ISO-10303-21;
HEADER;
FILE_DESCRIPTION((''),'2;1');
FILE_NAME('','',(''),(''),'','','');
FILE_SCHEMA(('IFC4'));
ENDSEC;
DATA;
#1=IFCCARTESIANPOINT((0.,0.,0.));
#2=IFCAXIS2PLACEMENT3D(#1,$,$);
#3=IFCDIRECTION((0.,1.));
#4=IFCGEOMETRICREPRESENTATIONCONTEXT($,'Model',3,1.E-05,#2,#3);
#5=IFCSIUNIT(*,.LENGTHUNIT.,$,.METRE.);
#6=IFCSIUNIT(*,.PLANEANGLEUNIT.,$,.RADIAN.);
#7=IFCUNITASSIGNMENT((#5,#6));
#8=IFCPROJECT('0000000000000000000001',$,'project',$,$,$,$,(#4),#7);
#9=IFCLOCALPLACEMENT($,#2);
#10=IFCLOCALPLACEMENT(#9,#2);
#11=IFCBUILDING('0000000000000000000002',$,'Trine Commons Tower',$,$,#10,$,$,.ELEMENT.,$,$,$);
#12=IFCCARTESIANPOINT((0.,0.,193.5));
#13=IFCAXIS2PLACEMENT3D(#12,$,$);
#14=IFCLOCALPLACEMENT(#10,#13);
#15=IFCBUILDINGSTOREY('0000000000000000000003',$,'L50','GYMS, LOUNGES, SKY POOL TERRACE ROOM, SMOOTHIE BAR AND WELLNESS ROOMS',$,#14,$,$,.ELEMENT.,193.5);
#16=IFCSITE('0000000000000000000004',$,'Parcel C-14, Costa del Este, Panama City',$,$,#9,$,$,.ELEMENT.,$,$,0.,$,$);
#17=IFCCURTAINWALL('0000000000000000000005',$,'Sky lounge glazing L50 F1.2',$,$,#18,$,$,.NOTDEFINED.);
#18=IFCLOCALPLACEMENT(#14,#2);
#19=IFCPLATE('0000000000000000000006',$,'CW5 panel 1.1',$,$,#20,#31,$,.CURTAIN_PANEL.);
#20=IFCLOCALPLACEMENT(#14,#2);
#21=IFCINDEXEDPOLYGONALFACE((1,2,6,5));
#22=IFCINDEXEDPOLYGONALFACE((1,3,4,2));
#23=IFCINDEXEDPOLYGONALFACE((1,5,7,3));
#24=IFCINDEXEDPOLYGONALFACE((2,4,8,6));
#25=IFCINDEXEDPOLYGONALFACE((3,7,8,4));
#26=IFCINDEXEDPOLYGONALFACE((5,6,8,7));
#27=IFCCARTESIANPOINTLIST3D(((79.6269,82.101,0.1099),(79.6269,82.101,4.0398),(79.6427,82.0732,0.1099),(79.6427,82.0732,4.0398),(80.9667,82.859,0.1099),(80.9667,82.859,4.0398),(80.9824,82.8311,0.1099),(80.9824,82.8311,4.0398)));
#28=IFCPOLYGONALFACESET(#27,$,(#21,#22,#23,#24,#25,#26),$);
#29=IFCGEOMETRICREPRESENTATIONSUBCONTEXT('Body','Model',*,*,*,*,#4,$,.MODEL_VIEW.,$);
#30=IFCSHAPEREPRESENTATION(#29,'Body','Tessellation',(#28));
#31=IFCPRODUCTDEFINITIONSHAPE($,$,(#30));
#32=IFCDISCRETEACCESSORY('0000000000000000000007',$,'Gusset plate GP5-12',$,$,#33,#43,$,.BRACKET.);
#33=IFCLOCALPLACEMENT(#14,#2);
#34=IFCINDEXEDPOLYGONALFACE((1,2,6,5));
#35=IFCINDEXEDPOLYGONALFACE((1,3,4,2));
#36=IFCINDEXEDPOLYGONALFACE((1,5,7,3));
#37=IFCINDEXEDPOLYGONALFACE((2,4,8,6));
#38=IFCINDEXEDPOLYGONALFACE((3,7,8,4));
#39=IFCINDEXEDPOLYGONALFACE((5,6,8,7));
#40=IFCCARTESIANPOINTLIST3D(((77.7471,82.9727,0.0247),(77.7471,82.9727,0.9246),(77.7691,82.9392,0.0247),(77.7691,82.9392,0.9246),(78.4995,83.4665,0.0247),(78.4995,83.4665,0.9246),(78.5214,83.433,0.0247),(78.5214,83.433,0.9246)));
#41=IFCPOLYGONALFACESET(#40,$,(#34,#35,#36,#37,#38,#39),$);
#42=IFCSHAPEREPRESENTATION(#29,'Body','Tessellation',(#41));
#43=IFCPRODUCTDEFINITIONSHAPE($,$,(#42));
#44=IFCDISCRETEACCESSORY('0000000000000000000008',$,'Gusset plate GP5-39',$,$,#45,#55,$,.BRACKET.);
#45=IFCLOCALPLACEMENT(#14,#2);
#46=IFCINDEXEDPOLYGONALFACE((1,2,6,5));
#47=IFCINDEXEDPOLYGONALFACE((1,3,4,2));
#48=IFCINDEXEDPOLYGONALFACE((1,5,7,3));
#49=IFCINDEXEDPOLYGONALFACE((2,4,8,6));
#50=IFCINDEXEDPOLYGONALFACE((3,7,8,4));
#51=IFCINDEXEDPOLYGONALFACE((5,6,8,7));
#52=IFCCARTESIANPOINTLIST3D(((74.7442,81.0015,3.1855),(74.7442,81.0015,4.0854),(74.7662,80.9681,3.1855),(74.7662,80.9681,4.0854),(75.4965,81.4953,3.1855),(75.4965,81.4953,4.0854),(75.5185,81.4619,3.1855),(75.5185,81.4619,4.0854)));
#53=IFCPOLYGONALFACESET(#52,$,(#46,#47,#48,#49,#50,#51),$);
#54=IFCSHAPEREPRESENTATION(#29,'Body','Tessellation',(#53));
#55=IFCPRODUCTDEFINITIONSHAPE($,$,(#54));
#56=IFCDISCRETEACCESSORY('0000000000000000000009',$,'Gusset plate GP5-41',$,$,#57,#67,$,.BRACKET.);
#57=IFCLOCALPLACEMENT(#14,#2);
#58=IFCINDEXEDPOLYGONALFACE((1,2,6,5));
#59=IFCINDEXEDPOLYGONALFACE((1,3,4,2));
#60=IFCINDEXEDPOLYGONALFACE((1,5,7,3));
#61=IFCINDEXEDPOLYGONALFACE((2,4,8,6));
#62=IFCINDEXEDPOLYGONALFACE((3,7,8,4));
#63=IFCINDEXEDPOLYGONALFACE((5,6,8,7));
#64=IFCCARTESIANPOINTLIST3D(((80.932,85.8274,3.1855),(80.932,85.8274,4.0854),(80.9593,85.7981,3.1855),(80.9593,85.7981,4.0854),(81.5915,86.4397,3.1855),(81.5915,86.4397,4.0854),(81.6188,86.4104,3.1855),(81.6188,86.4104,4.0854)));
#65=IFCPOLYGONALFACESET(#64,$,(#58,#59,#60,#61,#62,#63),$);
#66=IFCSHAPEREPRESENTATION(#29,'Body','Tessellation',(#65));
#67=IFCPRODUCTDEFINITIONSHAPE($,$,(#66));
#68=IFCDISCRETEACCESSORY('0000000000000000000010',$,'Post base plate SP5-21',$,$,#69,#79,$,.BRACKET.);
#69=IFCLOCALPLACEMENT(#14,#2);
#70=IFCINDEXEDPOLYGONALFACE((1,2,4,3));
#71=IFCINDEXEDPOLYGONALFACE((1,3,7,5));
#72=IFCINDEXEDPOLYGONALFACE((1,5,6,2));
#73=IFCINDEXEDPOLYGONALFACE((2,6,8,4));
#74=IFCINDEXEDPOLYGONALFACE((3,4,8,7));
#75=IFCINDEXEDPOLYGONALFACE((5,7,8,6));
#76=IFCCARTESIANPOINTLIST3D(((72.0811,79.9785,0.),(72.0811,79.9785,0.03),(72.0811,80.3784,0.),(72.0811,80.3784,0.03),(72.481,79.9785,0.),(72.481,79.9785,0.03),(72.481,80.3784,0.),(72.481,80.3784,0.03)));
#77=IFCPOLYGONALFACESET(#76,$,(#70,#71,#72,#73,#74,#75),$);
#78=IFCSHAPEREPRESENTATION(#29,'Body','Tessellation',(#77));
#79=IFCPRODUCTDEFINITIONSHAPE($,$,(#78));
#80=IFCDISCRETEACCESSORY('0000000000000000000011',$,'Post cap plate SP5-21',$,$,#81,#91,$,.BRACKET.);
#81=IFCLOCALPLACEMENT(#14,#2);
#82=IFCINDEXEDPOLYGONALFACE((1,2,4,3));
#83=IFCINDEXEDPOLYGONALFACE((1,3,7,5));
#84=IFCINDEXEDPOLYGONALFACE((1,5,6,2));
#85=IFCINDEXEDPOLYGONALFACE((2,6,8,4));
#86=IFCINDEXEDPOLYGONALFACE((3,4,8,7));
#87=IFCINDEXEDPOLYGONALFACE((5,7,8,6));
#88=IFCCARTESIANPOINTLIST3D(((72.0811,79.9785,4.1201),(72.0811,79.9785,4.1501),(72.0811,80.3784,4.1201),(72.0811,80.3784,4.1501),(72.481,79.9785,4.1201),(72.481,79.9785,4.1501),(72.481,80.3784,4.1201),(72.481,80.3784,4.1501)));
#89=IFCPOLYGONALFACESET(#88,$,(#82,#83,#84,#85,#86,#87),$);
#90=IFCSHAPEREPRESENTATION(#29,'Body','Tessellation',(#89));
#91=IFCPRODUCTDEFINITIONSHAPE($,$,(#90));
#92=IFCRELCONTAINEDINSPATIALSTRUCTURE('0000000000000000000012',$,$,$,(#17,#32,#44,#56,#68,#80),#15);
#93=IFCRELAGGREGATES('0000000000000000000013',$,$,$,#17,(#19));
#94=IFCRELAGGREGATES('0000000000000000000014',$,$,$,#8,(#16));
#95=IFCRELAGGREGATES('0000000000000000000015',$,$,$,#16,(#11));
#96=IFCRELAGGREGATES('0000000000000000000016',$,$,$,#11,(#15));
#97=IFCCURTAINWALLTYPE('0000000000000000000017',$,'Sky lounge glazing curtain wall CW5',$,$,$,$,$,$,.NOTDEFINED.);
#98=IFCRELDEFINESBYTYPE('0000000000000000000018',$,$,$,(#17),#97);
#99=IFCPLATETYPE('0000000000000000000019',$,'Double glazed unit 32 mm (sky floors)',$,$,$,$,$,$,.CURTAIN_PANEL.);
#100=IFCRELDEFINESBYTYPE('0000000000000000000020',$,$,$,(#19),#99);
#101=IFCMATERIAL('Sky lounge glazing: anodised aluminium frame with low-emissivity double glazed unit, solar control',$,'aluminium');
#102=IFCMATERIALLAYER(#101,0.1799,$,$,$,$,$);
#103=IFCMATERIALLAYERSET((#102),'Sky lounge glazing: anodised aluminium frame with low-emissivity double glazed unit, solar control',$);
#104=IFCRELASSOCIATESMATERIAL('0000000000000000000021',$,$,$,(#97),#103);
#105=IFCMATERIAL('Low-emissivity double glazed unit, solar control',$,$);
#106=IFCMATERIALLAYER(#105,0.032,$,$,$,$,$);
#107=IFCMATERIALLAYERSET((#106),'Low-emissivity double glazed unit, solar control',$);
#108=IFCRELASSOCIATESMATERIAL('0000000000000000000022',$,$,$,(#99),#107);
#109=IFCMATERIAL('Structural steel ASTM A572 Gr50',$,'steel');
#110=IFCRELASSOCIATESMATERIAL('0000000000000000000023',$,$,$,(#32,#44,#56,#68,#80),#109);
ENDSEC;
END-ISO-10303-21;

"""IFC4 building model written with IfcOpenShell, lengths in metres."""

from ifc_helpers import new_model, si_unit, direction, frame, origin, origin_2d, place, context, subcontext, project, spatial, rectangle, extrude, material, layer, layer_set, type_object, element, aggregate, save


model = new_model("IFC4")

# Units and contexts
model_context = context("Model", 3, precision=1e-05, world=origin(), true_north=direction((0.0, 1.0)))
body_context = subcontext(model_context, "Body", "Model", "MODEL_VIEW")
ifc_project = project(units=[si_unit("LENGTHUNIT", "METRE"), si_unit("PLANEANGLEUNIT", "RADIAN")], contexts=[model_context])

# Site, building, storey
site_placement = place(None, origin())
site = spatial("IfcSite", under=ifc_project, at=site_placement, Name="Parcel C-14, Costa del Este, Panama City", CompositionType="ELEMENT", RefElevation=0.0)
building_placement = place(site_placement, origin())
building = spatial("IfcBuilding", under=site, at=building_placement, Name="Trine Commons Tower", CompositionType="ELEMENT")
storey_placement = place(building_placement, frame((0.0, 0.0, 193.5)))
storey = spatial("IfcBuildingStorey", under=building, at=storey_placement, Name="L50", Description="GYMS, LOUNGES, SKY POOL TERRACE ROOM, SMOOTHIE BAR AND WELLNESS ROOMS", CompositionType="ELEMENT", Elevation=193.5)

# Curtain wall
ifc_material_1 = material(Name="Sky lounge glazing: anodised aluminium frame with low-emissivity double glazed unit, solar control", Category="aluminium")
ifc_layer_1 = layer(ifc_material_1, 0.1799)
ifc_layer_set_1 = layer_set([ifc_layer_1], Name="Sky lounge glazing: anodised aluminium frame with low-emissivity double glazed unit, solar control")
curtain_wall_type = type_object("IfcCurtainWallType", Name="Sky lounge glazing curtain wall CW5", PredefinedType="NOTDEFINED", material=ifc_layer_set_1)
curtain_wall_placement = place(storey_placement, origin())
curtain_wall = element("IfcCurtainWall", 1, at=curtain_wall_placement, inside=storey, type_object=curtain_wall_type, Name="Sky lounge glazing L50 F1.2", PredefinedType="NOTDEFINED")

# Plate
ifc_material_2 = material(Name="Low-emissivity double glazed unit, solar control")
ifc_layer_2 = layer(ifc_material_2, 0.032)
ifc_layer_set_2 = layer_set([ifc_layer_2], Name="Low-emissivity double glazed unit, solar control")
plate_type = type_object("IfcPlateType", Name="Double glazed unit 32 mm (sky floors)", PredefinedType="CURTAIN_PANEL", material=ifc_layer_set_2)
plate_placement = place(storey_placement, frame((80.3047, 82.4661, 0.1099), z_axis=(0.0, 0.0, 1.0), x_axis=(0.870356, 0.492424, 0.0)))
plate = element("IfcPlate", 2, at=plate_placement, type_object=plate_type, Name="CW5 panel 1.1", PredefinedType="CURTAIN_PANEL", context=body_context, shape_type="SweptSolid", body=[
    extrude(rectangle(XDim=1.5393, YDim=0.032, at=origin_2d()), origin(), (0.0, 0.0, 1.0), 3.9299),
])
aggregate(curtain_wall, [plate])

# Discrete accessories
ifc_material_3 = material(Name="Structural steel ASTM A572 Gr50", Category="steel")
for number, where, z_axis, x_axis, name in (
    (3, (78.1343, 83.2029, 0.0247), (0.0, 0.0, 1.0), (-0.835999, -0.548731, 0.0), "Gusset plate GP5-12"),
    (4, (75.1313, 81.2317, 3.1855), (0.0, 0.0, 1.0), (-0.835999, -0.548731, 0.0), "Gusset plate GP5-39"),
    (5, (81.2754, 86.1189, 3.1855), (0.0, 0.0, 1.0), (0.732864, 0.680376, 0.0), "Gusset plate GP5-41"),
):
    element("IfcDiscreteAccessory", number, at=place(storey_placement, frame(where, z_axis=z_axis, x_axis=x_axis)), inside=storey, material=ifc_material_3, Name=name, PredefinedType="BRACKET", context=body_context, shape_type="SweptSolid", body=[
        extrude(rectangle(XDim=0.8999, YDim=0.04, at=origin_2d()), origin(), (0.0, 0.0, 1.0), 0.8999),
    ])
for number, where, z_axis, x_axis, name in (
    (6, (72.281, 80.1785, 0.0), (0.0, 0.0, 1.0), (1.0, 0.0, 0.0), "Post base plate SP5-21"),
    (7, (72.281, 80.1785, 4.1201), (0.0, 0.0, 1.0), (1.0, 0.0, 0.0), "Post cap plate SP5-21"),
):
    element("IfcDiscreteAccessory", number, at=place(storey_placement, frame(where, z_axis=z_axis, x_axis=x_axis)), inside=storey, material=ifc_material_3, Name=name, PredefinedType="BRACKET", context=body_context, shape_type="SweptSolid", body=[
        extrude(rectangle(XDim=0.3999, YDim=0.3999, at=origin_2d()), origin(), (0.0, 0.0, 1.0), 0.03),
    ])

save(model, "model.ifc")
